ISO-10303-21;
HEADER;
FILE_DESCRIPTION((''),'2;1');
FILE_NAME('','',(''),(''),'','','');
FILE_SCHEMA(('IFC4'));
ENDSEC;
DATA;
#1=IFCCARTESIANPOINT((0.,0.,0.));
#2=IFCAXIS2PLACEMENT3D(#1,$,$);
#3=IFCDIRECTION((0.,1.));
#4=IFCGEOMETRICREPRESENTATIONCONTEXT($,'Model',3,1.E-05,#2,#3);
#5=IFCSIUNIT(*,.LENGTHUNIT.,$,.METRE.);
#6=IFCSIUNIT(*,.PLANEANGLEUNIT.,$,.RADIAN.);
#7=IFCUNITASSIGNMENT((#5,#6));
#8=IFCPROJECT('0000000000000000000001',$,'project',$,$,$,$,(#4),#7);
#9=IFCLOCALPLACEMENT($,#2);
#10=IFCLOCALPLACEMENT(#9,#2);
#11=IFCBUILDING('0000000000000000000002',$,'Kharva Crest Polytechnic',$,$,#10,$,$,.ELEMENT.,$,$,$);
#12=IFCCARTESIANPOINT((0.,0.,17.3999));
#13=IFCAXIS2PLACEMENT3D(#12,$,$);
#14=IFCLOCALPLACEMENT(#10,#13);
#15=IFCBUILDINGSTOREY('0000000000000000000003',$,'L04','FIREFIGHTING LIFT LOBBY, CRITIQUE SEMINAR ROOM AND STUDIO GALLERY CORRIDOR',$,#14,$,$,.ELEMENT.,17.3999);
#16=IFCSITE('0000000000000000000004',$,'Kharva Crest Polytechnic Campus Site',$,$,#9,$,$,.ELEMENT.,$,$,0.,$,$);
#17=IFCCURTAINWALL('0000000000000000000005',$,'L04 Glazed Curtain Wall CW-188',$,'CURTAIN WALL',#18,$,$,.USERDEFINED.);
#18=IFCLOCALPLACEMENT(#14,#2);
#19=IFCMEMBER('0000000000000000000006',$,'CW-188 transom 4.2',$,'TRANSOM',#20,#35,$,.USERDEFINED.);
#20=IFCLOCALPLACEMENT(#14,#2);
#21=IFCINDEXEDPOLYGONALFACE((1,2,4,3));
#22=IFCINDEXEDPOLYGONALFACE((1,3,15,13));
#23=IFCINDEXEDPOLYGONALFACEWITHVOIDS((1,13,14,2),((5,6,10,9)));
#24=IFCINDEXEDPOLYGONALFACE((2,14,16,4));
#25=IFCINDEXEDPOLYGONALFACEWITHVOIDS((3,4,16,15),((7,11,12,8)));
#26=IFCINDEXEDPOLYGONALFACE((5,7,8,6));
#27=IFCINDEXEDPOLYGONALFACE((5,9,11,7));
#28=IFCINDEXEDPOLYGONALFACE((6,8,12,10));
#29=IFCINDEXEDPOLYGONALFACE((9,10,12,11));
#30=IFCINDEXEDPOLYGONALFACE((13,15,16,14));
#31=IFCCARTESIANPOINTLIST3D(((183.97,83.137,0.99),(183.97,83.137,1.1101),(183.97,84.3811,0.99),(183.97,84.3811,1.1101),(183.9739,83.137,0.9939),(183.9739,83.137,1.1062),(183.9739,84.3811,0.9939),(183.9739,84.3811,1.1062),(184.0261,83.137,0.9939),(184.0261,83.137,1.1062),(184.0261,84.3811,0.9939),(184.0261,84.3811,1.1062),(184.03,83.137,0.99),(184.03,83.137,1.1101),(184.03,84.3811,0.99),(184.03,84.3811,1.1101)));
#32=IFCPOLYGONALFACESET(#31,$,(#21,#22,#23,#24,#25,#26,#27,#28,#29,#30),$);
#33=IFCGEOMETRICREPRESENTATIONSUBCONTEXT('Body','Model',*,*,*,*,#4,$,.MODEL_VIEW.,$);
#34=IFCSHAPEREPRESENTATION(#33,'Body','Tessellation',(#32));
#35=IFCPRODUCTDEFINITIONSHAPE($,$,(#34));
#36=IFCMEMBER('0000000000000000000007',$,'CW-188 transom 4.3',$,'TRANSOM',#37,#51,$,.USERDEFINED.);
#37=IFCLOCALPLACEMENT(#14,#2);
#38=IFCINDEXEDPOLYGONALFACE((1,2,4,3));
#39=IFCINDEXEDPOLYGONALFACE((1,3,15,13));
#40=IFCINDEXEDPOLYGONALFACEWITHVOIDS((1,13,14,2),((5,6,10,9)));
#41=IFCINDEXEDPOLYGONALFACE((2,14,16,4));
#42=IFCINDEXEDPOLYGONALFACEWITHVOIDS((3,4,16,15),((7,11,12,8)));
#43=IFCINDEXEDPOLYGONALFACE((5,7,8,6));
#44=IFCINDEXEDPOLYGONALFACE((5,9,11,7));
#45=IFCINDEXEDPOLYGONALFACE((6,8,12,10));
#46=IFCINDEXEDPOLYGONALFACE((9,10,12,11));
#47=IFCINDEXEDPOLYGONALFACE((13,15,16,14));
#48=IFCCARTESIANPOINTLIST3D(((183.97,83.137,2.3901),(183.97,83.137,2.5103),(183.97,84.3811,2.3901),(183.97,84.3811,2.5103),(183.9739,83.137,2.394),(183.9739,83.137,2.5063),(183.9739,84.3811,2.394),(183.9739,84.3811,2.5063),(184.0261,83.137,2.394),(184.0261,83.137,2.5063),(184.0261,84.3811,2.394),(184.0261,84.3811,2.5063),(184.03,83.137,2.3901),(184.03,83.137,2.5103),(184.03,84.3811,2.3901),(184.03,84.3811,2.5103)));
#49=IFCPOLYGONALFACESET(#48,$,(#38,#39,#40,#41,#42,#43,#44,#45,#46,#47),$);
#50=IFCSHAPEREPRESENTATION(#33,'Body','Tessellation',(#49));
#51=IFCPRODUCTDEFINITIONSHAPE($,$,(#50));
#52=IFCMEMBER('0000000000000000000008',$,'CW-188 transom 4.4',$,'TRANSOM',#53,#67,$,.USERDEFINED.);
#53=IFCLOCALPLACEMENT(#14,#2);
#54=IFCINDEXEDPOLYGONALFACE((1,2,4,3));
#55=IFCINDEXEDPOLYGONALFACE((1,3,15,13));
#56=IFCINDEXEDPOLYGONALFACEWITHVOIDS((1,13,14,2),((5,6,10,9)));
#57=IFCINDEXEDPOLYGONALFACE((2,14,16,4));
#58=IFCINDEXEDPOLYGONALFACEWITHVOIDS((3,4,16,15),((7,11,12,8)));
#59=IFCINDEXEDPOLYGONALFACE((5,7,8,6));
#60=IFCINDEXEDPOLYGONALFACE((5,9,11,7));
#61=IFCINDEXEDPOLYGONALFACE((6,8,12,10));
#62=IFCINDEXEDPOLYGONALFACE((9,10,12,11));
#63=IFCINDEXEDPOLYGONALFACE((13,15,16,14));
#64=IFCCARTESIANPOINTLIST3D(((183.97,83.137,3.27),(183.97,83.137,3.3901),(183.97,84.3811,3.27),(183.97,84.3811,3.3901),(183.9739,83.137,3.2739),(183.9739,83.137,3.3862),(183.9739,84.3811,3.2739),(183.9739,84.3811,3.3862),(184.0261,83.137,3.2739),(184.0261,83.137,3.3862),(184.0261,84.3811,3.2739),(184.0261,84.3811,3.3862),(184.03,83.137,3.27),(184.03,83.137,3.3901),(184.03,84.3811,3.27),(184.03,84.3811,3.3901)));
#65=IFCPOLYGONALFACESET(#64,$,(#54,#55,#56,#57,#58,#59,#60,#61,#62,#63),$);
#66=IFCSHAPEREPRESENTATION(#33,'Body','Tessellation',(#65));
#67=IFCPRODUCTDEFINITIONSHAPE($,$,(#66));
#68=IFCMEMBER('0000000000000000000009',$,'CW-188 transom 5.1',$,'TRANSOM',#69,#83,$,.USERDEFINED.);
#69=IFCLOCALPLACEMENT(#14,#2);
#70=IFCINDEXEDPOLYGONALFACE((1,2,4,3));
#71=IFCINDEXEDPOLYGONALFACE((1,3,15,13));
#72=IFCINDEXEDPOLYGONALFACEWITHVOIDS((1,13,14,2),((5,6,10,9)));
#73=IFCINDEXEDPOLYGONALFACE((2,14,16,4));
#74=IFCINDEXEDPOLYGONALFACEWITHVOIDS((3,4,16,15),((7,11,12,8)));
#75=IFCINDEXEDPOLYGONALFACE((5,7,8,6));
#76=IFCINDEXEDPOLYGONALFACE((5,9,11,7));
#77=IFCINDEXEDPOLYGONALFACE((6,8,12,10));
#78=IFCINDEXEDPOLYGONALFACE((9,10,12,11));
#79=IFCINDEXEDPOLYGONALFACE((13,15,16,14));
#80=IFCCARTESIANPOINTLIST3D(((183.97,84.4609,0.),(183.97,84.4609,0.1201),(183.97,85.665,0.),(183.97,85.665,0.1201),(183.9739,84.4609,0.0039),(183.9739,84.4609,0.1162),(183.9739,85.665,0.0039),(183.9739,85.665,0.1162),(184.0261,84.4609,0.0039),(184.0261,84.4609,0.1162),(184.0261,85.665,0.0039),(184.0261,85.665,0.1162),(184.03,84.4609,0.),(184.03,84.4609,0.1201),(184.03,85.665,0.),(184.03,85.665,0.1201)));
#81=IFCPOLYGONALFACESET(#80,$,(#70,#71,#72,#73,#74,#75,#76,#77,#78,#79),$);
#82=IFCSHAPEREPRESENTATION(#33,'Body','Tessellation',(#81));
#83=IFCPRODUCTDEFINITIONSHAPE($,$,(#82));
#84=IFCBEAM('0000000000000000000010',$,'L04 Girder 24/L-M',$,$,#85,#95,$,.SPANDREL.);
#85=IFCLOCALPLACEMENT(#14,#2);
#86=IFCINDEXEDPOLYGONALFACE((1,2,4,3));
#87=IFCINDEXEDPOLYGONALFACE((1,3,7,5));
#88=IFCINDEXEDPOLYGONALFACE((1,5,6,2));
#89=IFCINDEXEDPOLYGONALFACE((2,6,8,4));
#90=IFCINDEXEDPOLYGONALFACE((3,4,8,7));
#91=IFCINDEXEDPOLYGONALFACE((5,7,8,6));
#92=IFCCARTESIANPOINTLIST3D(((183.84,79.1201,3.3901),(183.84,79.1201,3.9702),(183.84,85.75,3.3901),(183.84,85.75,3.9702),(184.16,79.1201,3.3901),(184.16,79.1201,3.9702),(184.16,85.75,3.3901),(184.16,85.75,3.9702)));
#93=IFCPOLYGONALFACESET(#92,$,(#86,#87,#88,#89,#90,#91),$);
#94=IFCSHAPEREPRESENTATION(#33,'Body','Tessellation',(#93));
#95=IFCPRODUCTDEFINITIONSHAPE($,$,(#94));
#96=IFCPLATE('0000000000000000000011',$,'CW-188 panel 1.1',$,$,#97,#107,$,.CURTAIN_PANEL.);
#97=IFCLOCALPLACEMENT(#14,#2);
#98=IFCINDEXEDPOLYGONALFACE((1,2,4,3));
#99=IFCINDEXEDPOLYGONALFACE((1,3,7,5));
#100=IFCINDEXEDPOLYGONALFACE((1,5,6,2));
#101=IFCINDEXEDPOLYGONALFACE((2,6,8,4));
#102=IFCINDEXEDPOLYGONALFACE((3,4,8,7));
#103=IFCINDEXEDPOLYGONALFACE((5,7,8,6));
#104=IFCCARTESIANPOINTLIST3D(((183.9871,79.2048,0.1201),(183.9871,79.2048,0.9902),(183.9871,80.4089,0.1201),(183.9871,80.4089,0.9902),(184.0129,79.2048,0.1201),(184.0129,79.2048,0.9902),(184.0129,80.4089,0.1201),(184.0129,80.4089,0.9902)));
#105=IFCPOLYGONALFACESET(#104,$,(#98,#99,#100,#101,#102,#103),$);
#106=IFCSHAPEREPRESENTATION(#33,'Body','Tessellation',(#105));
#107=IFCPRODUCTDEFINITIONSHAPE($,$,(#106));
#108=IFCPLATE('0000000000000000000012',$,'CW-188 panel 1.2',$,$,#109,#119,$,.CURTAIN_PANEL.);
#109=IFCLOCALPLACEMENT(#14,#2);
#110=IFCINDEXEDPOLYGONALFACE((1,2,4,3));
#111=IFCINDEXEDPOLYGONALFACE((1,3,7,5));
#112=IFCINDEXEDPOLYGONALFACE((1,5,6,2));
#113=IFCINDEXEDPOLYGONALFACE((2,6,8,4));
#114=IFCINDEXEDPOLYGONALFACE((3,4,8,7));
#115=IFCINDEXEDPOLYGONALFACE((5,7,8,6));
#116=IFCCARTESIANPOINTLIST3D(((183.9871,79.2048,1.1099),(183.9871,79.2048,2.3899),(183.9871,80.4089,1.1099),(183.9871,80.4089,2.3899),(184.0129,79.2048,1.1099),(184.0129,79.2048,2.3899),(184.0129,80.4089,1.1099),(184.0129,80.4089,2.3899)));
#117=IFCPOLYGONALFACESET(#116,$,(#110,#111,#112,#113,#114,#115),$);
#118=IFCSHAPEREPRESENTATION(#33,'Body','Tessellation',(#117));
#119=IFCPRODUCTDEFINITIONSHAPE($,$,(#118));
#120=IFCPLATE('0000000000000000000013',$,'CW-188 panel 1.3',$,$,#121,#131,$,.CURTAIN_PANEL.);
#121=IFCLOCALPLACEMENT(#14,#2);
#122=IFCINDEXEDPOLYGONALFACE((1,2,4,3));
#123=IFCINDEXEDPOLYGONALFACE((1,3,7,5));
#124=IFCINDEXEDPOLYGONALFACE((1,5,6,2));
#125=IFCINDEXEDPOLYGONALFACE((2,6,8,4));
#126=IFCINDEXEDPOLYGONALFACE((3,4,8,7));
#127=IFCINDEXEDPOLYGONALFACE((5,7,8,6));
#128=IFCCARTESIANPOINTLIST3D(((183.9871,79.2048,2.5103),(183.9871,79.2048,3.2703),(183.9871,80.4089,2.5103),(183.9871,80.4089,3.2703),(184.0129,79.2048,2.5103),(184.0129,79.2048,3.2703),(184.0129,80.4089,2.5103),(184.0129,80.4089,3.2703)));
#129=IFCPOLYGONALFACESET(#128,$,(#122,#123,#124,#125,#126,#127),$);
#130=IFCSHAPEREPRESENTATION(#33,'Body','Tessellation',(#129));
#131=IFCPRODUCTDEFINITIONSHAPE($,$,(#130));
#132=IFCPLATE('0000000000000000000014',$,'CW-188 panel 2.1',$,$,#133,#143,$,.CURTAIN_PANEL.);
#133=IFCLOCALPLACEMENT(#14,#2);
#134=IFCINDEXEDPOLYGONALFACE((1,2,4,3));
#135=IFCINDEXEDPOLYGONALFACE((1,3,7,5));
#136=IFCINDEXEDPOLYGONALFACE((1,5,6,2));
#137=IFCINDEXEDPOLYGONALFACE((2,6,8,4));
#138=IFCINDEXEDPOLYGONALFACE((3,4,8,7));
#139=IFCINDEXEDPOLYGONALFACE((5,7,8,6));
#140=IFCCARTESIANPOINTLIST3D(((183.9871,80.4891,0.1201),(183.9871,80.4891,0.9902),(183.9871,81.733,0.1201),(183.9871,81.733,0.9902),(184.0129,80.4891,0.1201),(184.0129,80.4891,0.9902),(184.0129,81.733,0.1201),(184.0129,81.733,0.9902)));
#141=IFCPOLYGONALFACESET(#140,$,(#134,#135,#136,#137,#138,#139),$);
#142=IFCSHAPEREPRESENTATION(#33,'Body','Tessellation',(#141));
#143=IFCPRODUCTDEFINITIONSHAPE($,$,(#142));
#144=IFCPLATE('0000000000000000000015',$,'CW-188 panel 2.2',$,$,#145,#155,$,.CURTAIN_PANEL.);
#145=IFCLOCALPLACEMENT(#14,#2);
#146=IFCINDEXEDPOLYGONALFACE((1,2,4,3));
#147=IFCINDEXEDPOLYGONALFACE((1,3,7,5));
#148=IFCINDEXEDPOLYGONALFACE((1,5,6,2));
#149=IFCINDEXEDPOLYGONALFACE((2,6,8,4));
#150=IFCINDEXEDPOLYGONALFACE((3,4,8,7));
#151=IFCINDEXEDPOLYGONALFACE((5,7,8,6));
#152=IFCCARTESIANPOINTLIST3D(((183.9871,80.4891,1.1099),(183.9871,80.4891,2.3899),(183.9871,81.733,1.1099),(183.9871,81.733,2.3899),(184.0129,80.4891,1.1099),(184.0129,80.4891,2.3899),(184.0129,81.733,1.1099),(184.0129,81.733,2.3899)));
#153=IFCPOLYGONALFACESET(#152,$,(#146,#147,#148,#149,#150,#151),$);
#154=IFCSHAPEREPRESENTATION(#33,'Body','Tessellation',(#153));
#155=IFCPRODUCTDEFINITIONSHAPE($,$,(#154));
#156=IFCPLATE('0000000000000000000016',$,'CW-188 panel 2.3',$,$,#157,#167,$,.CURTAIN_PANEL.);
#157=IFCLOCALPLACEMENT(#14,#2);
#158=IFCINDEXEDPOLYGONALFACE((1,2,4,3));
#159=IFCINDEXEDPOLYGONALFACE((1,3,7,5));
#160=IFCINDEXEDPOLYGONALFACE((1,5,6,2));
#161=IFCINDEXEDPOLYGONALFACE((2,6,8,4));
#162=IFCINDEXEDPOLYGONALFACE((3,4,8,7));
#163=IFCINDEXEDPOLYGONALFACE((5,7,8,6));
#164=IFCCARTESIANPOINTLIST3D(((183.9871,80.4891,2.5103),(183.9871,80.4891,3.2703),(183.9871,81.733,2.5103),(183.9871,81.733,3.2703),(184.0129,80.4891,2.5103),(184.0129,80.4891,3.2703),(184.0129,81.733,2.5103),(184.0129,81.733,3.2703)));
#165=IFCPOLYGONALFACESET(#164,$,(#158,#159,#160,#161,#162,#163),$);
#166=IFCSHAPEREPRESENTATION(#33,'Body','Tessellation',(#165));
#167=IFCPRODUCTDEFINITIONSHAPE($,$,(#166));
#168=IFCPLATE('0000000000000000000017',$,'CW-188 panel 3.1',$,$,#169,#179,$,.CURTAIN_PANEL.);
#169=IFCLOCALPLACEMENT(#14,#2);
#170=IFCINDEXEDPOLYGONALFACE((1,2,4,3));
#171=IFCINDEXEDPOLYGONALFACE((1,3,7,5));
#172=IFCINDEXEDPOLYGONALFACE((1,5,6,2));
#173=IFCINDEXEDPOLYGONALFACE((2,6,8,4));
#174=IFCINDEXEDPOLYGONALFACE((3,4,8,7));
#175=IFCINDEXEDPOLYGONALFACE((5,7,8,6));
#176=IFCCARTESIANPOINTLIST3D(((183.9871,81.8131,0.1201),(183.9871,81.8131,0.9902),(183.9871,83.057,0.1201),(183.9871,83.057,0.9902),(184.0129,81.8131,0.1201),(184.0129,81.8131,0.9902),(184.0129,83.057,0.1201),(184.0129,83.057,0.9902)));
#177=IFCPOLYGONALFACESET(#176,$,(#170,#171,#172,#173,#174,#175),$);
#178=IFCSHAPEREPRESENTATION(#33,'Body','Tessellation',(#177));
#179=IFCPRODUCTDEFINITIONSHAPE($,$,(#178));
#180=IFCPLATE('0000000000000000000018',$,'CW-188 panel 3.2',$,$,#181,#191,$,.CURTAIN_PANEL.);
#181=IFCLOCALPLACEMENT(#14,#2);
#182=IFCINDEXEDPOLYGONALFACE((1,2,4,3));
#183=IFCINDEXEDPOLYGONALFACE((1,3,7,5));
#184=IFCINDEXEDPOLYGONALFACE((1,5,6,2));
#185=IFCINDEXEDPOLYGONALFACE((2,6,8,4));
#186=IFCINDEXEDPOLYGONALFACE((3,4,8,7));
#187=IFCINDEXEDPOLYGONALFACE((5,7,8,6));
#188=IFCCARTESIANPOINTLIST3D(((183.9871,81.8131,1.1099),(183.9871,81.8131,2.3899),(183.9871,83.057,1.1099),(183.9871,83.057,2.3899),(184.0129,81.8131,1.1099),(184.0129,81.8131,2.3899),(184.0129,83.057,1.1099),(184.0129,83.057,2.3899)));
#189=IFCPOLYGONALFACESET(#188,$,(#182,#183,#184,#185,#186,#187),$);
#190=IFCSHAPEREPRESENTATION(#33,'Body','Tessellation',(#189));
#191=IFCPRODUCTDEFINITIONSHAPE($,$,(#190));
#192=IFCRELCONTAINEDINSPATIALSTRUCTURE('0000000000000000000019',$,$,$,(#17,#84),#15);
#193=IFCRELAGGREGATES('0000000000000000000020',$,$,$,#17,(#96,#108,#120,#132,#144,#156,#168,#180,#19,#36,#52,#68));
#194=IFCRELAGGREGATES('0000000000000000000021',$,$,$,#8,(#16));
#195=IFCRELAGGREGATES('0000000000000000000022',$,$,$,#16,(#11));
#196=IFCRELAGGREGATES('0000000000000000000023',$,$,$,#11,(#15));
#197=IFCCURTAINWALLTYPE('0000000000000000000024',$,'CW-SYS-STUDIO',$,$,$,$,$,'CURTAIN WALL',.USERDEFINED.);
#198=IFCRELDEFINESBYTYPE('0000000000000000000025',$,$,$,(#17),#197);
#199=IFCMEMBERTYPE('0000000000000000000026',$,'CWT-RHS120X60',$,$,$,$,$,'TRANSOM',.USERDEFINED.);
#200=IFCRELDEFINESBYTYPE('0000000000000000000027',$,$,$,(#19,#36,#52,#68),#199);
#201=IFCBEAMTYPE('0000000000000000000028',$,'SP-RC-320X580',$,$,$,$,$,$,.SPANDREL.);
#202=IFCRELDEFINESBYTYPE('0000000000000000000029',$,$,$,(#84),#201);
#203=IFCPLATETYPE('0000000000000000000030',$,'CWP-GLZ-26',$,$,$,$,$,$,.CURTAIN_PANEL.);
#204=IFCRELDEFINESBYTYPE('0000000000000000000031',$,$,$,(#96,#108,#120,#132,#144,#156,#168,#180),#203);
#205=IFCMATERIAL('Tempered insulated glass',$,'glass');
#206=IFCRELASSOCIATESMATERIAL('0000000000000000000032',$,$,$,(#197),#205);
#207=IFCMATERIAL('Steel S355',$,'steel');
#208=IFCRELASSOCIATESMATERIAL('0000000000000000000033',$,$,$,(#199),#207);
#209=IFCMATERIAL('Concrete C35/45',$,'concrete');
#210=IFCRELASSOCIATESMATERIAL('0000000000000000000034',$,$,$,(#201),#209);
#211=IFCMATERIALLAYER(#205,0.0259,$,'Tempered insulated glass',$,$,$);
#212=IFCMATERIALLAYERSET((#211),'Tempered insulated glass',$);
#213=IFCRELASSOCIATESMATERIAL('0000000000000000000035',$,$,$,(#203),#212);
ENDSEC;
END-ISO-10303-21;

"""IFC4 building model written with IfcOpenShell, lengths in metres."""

from ifc_helpers import new_model, si_unit, direction, frame, origin, origin_2d, place, context, subcontext, project, spatial, rectangle, hollow_rectangle, extrude, material, layer, layer_set, material_profile, profile_set, type_object, element, aggregate, save


model = new_model("IFC4")

# Units and contexts
model_context = context("Model", 3, precision=1e-05, world=origin(), true_north=direction((0.0, 1.0)))
body_context = subcontext(model_context, "Body", "Model", "MODEL_VIEW")
ifc_project = project(units=[si_unit("LENGTHUNIT", "METRE"), si_unit("PLANEANGLEUNIT", "RADIAN")], contexts=[model_context])

# Site, building, storey
site_placement = place(None, origin())
site = spatial("IfcSite", under=ifc_project, at=site_placement, Name="Kharva Crest Polytechnic Campus Site", CompositionType="ELEMENT", RefElevation=0.0)
building_placement = place(site_placement, origin())
building = spatial("IfcBuilding", under=site, at=building_placement, Name="Kharva Crest Polytechnic", CompositionType="ELEMENT")
storey_placement = place(building_placement, frame((0.0, 0.0, 17.3999)))
storey = spatial("IfcBuildingStorey", under=building, at=storey_placement, Name="L04", Description="FIREFIGHTING LIFT LOBBY, CRITIQUE SEMINAR ROOM AND STUDIO GALLERY CORRIDOR", CompositionType="ELEMENT", Elevation=17.3999)

# Shared definitions
ifc_material_1 = material(Name="Concrete C35/45", Category="concrete")

# Curtain wall, members
ifc_material_2 = material(Name="Tempered insulated glass", Category="glass")
curtain_wall_type = type_object("IfcCurtainWallType", Name="CW-SYS-STUDIO", ElementType="CURTAIN WALL", PredefinedType="USERDEFINED", material=ifc_material_2)
curtain_wall_placement = place(storey_placement, origin())
curtain_wall = element("IfcCurtainWall", 1, at=curtain_wall_placement, inside=storey, type_object=curtain_wall_type, Name="L04 Glazed Curtain Wall CW-188", ObjectType="CURTAIN WALL", PredefinedType="USERDEFINED")
ifc_material_3 = material(Name="Steel S355", Category="steel")
ifc_material_profile_1 = material_profile(ifc_material_3, hollow_rectangle(XDim=0.0601, YDim=0.1201, WallThickness=0.0039, at=origin_2d()), Name="RHS 120X60X4.0")
ifc_profile_set_1 = profile_set([ifc_material_profile_1], Name="Steel S355")
member_type_1 = type_object("IfcMemberType", Name="CWT-RHS120X60", ElementType="TRANSOM", PredefinedType="USERDEFINED", material=ifc_profile_set_1)
member_1_placement = place(storey_placement, frame((184.0, 83.137, 1.05), z_axis=(0.0, 1.0, 0.0), x_axis=(-1.0, 0.0, 0.0)))
member_1 = element("IfcMember", 2, at=member_1_placement, type_object=member_type_1, Name="CW-188 transom 4.2", ObjectType="TRANSOM", PredefinedType="USERDEFINED", context=body_context, shape_type="SweptSolid", body=[
    extrude(hollow_rectangle(XDim=0.0601, YDim=0.1201, WallThickness=0.0039, at=origin_2d()), origin(), (0.0, 0.0, 1.0), 1.2441),
])
member_2_placement = place(storey_placement, frame((184.0, 83.137, 2.4502), z_axis=(0.0, 1.0, 0.0), x_axis=(-1.0, 0.0, 0.0)))
member_2 = element("IfcMember", 3, at=member_2_placement, type_object=member_type_1, Name="CW-188 transom 4.3", ObjectType="TRANSOM", PredefinedType="USERDEFINED", context=body_context, shape_type="SweptSolid", body=[
    extrude(hollow_rectangle(XDim=0.0601, YDim=0.1201, WallThickness=0.0039, at=origin_2d()), origin(), (0.0, 0.0, 1.0), 1.2441),
])
member_3_placement = place(storey_placement, frame((184.0, 83.137, 3.3301), z_axis=(0.0, 1.0, 0.0), x_axis=(-1.0, 0.0, 0.0)))
member_3 = element("IfcMember", 4, at=member_3_placement, type_object=member_type_1, Name="CW-188 transom 4.4", ObjectType="TRANSOM", PredefinedType="USERDEFINED", context=body_context, shape_type="SweptSolid", body=[
    extrude(hollow_rectangle(XDim=0.0601, YDim=0.1201, WallThickness=0.0039, at=origin_2d()), origin(), (0.0, 0.0, 1.0), 1.2441),
])
member_4_placement = place(storey_placement, frame((184.0, 84.4609, 0.0601), z_axis=(0.0, 1.0, 0.0), x_axis=(-1.0, 0.0, 0.0)))
member_4 = element("IfcMember", 5, at=member_4_placement, type_object=member_type_1, Name="CW-188 transom 5.1", ObjectType="TRANSOM", PredefinedType="USERDEFINED", context=body_context, shape_type="SweptSolid", body=[
    extrude(hollow_rectangle(XDim=0.0601, YDim=0.1201, WallThickness=0.0039, at=origin_2d()), origin(), (0.0, 0.0, 1.0), 1.2041),
])

# Beam
ifc_material_profile_2 = material_profile(ifc_material_1, rectangle(XDim=0.3201, YDim=0.5801, at=origin_2d()), Name="RECT 320 X 580")
ifc_profile_set_2 = profile_set([ifc_material_profile_2], Name="Concrete C35/45")
beam_type_1 = type_object("IfcBeamType", Name="SP-RC-320X580", PredefinedType="SPANDREL", material=ifc_profile_set_2)
beam_1_placement = place(storey_placement, frame((184.0, 79.1201, 3.6802), z_axis=(0.0, 1.0, 0.0), x_axis=(-1.0, 0.0, 0.0)))
element("IfcBeam", 6, at=beam_1_placement, inside=storey, type_object=beam_type_1, Name="L04 Girder 24/L-M", PredefinedType="SPANDREL", context=body_context, shape_type="SweptSolid", body=[
    extrude(rectangle(XDim=0.3201, YDim=0.5801, at=origin_2d()), origin(), (0.0, 0.0, 1.0), 6.6299),
])

# Plates
ifc_layer = layer(ifc_material_2, 0.0259, Name="Tempered insulated glass")
ifc_layer_set = layer_set([ifc_layer], Name="Tempered insulated glass")
plate_type = type_object("IfcPlateType", Name="CWP-GLZ-26", PredefinedType="CURTAIN_PANEL", material=ifc_layer_set)
plate_1_placement = place(storey_placement, frame((184.0, 79.8069, 0.1201), z_axis=(0.0, 0.0, 1.0), x_axis=(0.0, 1.0, 0.0)))
plate_1 = element("IfcPlate", 7, at=plate_1_placement, type_object=plate_type, Name="CW-188 panel 1.1", PredefinedType="CURTAIN_PANEL", context=body_context, shape_type="SweptSolid", body=[
    extrude(rectangle(XDim=1.2041, YDim=0.0259, at=origin_2d()), origin(), (0.0, 0.0, 1.0), 0.8701),
])
plate_2_placement = place(storey_placement, frame((184.0, 79.8069, 1.1099), z_axis=(0.0, 0.0, 1.0), x_axis=(0.0, 1.0, 0.0)))
plate_2 = element("IfcPlate", 8, at=plate_2_placement, type_object=plate_type, Name="CW-188 panel 1.2", PredefinedType="CURTAIN_PANEL", context=body_context, shape_type="SweptSolid", body=[
    extrude(rectangle(XDim=1.2041, YDim=0.0259, at=origin_2d()), origin(), (0.0, 0.0, 1.0), 1.28),
])
plate_3_placement = place(storey_placement, frame((184.0, 79.8069, 2.5103), z_axis=(0.0, 0.0, 1.0), x_axis=(0.0, 1.0, 0.0)))
plate_3 = element("IfcPlate", 9, at=plate_3_placement, type_object=plate_type, Name="CW-188 panel 1.3", PredefinedType="CURTAIN_PANEL", context=body_context, shape_type="SweptSolid", body=[
    extrude(rectangle(XDim=1.2041, YDim=0.0259, at=origin_2d()), origin(), (0.0, 0.0, 1.0), 0.76),
])
plate_4_placement = place(storey_placement, frame((184.0, 81.1111, 0.1201), z_axis=(0.0, 0.0, 1.0), x_axis=(0.0, 1.0, 0.0)))
plate_4 = element("IfcPlate", 10, at=plate_4_placement, type_object=plate_type, Name="CW-188 panel 2.1", PredefinedType="CURTAIN_PANEL", context=body_context, shape_type="SweptSolid", body=[
    extrude(rectangle(XDim=1.2439, YDim=0.0259, at=origin_2d()), origin(), (0.0, 0.0, 1.0), 0.8701),
])
plate_5_placement = place(storey_placement, frame((184.0, 81.1111, 1.1099), z_axis=(0.0, 0.0, 1.0), x_axis=(0.0, 1.0, 0.0)))
plate_5 = element("IfcPlate", 11, at=plate_5_placement, type_object=plate_type, Name="CW-188 panel 2.2", PredefinedType="CURTAIN_PANEL", context=body_context, shape_type="SweptSolid", body=[
    extrude(rectangle(XDim=1.2439, YDim=0.0259, at=origin_2d()), origin(), (0.0, 0.0, 1.0), 1.28),
])
plate_6_placement = place(storey_placement, frame((184.0, 81.1111, 2.5103), z_axis=(0.0, 0.0, 1.0), x_axis=(0.0, 1.0, 0.0)))
plate_6 = element("IfcPlate", 12, at=plate_6_placement, type_object=plate_type, Name="CW-188 panel 2.3", PredefinedType="CURTAIN_PANEL", context=body_context, shape_type="SweptSolid", body=[
    extrude(rectangle(XDim=1.2439, YDim=0.0259, at=origin_2d()), origin(), (0.0, 0.0, 1.0), 0.76),
])
plate_7_placement = place(storey_placement, frame((184.0, 82.4351, 0.1201), z_axis=(0.0, 0.0, 1.0), x_axis=(0.0, 1.0, 0.0)))
plate_7 = element("IfcPlate", 13, at=plate_7_placement, type_object=plate_type, Name="CW-188 panel 3.1", PredefinedType="CURTAIN_PANEL", context=body_context, shape_type="SweptSolid", body=[
    extrude(rectangle(XDim=1.2439, YDim=0.0259, at=origin_2d()), origin(), (0.0, 0.0, 1.0), 0.8701),
])
plate_8_placement = place(storey_placement, frame((184.0, 82.4351, 1.1099), z_axis=(0.0, 0.0, 1.0), x_axis=(0.0, 1.0, 0.0)))
plate_8 = element("IfcPlate", 14, at=plate_8_placement, type_object=plate_type, Name="CW-188 panel 3.2", PredefinedType="CURTAIN_PANEL", context=body_context, shape_type="SweptSolid", body=[
    extrude(rectangle(XDim=1.2439, YDim=0.0259, at=origin_2d()), origin(), (0.0, 0.0, 1.0), 1.28),
])
aggregate(curtain_wall, [plate_1, plate_2, plate_3, plate_4, plate_5, plate_6, plate_7, plate_8, member_1, member_2, member_3, member_4])

save(model, "model.ifc")
